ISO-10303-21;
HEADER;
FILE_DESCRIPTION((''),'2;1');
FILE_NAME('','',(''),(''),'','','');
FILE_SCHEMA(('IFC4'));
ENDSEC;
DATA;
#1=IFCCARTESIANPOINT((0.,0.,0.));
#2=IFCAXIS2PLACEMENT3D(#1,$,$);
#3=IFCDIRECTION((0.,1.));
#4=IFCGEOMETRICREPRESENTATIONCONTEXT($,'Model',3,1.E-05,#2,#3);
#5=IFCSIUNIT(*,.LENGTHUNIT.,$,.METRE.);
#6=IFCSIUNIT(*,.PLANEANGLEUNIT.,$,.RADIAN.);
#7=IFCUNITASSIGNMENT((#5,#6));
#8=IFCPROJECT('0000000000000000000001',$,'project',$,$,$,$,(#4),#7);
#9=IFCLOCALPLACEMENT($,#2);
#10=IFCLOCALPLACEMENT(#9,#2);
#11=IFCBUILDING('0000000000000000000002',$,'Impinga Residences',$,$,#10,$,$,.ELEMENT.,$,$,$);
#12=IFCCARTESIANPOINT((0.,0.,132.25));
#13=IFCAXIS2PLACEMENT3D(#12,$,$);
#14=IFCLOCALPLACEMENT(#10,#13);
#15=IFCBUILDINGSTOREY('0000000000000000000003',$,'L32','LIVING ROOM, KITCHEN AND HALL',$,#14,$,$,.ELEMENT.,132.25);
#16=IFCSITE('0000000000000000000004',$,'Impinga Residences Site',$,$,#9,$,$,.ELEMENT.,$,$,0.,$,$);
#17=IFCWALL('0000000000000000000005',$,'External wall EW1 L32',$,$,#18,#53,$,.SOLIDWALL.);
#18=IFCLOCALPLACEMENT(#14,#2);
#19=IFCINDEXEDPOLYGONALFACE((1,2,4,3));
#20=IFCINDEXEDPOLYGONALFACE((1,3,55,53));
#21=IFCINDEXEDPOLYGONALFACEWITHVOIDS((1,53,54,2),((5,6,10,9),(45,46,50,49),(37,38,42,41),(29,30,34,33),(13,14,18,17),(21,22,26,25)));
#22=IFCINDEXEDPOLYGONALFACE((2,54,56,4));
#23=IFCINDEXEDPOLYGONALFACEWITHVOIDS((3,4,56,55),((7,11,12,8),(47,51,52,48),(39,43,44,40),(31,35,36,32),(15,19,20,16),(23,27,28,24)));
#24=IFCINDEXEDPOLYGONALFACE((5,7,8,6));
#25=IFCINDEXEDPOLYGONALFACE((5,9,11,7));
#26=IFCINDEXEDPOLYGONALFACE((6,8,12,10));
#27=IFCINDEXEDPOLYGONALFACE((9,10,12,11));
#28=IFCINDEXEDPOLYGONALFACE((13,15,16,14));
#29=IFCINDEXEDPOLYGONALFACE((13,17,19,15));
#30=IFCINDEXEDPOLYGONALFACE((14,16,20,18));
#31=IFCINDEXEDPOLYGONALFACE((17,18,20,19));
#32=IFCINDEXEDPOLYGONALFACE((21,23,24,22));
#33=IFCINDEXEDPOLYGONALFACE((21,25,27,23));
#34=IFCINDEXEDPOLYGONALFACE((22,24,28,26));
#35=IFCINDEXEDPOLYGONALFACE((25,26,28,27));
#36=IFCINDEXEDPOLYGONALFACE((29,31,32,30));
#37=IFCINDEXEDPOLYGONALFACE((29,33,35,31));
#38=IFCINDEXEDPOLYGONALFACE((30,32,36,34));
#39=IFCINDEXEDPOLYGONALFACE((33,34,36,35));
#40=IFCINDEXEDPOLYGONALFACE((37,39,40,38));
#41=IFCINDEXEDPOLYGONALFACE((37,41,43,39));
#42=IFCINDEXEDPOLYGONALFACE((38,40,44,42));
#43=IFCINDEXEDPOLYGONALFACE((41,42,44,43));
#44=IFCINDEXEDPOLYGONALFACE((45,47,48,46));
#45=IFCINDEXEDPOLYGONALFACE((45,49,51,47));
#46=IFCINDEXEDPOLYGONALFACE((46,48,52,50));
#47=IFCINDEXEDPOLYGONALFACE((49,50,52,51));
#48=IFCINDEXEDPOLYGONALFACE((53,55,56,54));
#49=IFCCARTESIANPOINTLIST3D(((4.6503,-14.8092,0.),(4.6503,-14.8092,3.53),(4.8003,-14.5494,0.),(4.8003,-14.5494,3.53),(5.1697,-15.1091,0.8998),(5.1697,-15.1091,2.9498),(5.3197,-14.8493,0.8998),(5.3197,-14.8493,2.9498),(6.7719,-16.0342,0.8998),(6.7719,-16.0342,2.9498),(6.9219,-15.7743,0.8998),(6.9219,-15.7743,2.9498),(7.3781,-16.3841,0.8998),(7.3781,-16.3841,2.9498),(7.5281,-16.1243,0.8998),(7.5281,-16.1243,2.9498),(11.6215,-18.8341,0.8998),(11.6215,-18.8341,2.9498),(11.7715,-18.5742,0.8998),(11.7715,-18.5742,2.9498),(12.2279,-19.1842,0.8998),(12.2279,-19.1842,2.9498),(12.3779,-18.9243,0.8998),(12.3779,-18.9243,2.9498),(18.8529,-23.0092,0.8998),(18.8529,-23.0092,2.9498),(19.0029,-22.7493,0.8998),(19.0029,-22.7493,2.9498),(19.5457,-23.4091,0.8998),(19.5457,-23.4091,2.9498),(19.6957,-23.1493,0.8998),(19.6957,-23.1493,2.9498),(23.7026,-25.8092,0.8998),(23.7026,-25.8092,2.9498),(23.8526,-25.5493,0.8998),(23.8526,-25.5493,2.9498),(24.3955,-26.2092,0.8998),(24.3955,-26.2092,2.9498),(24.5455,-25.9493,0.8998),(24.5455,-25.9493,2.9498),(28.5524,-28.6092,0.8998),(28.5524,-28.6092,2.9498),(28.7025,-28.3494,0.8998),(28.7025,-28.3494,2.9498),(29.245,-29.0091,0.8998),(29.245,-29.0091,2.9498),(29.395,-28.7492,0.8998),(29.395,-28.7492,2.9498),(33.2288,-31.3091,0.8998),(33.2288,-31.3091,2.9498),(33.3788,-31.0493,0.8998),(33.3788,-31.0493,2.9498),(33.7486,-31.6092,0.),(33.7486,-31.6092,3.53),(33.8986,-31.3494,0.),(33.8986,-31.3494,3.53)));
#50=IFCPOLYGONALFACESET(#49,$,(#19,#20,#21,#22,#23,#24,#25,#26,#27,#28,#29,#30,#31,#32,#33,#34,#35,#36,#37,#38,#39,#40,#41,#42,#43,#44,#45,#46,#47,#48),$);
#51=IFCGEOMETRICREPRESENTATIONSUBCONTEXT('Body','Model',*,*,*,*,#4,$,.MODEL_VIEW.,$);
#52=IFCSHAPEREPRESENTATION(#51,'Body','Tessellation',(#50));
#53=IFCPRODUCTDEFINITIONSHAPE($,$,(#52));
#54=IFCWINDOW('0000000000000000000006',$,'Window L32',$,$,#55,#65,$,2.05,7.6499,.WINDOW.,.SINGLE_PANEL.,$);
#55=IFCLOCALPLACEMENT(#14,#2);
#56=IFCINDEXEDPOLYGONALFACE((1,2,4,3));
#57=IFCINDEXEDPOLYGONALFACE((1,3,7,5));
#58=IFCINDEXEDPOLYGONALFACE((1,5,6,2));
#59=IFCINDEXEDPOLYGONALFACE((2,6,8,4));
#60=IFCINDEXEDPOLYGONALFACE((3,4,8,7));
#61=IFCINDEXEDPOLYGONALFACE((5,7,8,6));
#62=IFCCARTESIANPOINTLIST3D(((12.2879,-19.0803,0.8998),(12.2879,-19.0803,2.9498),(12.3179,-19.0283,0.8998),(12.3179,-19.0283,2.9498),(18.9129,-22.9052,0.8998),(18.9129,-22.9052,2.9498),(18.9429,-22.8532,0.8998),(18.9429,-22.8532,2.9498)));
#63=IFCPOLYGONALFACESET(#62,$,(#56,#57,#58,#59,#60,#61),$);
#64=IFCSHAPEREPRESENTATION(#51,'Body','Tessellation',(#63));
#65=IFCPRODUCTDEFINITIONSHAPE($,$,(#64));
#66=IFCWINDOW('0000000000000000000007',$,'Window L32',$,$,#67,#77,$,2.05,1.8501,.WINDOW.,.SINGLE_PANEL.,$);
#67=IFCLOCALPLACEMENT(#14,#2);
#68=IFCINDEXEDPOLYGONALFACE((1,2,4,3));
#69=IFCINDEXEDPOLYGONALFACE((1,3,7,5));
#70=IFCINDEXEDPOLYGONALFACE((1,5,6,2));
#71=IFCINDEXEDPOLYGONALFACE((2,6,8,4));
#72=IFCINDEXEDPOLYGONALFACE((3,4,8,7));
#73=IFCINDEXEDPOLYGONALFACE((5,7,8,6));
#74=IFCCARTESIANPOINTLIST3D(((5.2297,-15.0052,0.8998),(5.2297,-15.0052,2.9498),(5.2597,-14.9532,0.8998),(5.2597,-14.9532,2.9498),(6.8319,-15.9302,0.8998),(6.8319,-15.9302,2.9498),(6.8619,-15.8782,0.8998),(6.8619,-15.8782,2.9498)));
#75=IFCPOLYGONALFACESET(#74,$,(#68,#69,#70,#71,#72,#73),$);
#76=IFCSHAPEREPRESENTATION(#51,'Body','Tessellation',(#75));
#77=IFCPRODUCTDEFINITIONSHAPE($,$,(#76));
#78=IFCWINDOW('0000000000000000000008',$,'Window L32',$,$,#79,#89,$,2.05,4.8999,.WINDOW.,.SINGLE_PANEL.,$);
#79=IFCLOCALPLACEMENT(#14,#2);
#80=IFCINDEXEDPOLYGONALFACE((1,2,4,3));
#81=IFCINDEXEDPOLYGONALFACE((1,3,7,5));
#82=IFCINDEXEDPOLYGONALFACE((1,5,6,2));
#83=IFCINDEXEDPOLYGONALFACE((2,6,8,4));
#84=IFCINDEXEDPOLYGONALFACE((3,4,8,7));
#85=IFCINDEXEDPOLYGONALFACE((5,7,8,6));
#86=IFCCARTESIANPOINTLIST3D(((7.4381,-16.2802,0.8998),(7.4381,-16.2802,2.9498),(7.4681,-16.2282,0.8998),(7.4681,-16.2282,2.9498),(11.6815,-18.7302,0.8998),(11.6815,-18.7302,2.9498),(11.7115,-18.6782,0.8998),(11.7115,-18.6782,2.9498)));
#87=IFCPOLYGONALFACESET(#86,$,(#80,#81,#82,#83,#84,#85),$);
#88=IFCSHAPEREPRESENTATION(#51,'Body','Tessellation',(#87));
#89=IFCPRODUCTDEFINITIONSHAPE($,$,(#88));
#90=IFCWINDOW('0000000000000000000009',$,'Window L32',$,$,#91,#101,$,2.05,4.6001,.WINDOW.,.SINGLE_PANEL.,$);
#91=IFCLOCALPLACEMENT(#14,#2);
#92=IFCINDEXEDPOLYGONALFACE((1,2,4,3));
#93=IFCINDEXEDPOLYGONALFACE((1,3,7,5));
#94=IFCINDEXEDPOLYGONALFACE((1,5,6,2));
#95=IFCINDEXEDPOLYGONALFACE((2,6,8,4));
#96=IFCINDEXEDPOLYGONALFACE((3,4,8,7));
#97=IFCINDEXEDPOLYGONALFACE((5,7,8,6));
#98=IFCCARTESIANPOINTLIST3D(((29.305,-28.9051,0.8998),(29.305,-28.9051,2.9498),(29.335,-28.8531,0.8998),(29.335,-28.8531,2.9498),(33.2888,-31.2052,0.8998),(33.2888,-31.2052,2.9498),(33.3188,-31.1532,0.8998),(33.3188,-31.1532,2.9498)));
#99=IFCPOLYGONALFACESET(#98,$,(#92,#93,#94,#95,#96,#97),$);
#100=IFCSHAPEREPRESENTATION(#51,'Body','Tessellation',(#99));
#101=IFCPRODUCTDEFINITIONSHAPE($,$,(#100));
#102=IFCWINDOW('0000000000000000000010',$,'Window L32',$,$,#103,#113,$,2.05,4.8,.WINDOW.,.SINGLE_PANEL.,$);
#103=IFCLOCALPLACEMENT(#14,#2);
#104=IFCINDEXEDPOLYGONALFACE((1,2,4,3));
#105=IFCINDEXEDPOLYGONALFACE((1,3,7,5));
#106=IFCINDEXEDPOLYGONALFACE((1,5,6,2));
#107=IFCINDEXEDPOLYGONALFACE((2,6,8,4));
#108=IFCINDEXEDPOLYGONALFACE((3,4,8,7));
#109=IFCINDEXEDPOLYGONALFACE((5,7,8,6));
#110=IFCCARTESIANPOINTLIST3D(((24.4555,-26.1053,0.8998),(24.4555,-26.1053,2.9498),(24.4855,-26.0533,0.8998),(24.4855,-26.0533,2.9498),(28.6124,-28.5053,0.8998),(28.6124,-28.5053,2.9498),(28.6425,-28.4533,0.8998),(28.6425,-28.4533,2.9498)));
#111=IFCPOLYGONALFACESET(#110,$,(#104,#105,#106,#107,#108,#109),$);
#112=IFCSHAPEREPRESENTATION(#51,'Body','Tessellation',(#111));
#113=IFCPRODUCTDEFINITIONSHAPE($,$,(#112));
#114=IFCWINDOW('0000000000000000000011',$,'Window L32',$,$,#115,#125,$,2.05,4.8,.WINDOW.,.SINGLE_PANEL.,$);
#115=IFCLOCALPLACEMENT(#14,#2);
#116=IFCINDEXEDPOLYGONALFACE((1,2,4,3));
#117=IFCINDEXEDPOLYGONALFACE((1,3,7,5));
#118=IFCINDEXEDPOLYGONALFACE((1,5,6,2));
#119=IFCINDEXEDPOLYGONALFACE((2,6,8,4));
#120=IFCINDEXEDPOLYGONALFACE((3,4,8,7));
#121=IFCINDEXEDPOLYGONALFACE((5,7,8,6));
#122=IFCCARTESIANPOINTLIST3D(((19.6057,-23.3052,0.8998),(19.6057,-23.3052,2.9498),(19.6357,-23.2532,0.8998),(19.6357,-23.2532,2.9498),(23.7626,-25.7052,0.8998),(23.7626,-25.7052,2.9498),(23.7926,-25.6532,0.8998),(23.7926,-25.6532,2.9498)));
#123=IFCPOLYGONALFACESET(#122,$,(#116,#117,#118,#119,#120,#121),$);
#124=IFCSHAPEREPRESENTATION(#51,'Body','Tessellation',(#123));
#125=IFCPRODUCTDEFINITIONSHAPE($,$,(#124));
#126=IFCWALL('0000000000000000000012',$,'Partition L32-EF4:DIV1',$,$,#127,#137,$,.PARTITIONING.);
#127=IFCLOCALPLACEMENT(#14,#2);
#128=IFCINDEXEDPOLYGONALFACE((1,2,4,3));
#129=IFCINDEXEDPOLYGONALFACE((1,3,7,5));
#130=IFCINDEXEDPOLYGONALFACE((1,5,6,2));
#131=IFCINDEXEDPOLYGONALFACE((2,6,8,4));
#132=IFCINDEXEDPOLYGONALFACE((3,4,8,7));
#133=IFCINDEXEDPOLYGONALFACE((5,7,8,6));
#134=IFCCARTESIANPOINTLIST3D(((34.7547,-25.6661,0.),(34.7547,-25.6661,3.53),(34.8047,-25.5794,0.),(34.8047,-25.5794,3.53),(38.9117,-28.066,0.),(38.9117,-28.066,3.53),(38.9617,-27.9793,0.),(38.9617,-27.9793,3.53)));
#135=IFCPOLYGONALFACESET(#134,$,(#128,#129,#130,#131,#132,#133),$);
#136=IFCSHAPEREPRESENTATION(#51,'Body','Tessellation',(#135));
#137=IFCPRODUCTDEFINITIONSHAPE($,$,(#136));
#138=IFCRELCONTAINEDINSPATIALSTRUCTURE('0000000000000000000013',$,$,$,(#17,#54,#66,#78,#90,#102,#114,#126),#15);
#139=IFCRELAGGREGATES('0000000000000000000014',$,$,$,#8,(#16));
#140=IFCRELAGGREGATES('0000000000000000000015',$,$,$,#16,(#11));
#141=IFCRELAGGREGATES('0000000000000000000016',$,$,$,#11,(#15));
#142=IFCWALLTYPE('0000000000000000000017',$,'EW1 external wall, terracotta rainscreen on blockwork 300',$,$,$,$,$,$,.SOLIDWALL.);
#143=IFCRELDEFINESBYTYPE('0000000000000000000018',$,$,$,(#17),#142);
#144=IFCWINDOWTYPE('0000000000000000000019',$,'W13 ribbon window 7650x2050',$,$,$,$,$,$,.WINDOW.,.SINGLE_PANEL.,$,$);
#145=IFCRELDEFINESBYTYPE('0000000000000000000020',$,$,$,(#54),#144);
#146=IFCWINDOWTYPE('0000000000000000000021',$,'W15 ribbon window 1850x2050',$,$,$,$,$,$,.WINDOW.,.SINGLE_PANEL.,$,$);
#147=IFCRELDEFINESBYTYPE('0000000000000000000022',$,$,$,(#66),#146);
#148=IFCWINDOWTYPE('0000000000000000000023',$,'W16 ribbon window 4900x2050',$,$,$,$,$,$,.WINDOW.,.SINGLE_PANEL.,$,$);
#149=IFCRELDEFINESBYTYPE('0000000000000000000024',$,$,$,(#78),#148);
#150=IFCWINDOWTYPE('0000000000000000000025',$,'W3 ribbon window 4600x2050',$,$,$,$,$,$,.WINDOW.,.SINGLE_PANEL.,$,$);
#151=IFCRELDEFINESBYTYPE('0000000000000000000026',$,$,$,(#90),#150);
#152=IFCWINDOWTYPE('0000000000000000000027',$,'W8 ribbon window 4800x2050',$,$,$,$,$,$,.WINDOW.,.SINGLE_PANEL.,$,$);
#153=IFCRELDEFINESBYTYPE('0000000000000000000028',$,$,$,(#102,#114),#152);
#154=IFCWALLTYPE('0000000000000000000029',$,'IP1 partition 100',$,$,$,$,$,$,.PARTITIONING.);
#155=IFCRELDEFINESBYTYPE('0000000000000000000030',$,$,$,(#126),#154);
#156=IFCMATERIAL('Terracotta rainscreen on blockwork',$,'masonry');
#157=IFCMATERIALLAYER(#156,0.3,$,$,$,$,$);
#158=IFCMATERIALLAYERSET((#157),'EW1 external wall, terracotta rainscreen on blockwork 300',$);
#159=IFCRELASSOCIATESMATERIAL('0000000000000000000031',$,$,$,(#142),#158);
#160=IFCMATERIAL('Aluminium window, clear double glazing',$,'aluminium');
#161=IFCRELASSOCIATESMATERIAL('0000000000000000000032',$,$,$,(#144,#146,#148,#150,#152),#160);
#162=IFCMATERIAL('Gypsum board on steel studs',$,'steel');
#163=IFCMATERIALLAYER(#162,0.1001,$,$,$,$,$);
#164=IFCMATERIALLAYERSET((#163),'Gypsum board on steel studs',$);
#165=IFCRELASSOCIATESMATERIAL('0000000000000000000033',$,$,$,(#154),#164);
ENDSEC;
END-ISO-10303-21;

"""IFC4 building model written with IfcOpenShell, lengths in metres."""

from ifc_helpers import new_model, si_unit, direction, frame, frame_2d, origin, place, context, subcontext, project, spatial, rectangle, extrude, material, layer, layer_set, type_object, element, fill, save


model = new_model("IFC4")

# Units and contexts
model_context = context("Model", 3, precision=1e-05, world=origin(), true_north=direction((0.0, 1.0)))
body_context = subcontext(model_context, "Body", "Model", "MODEL_VIEW")
ifc_project = project(units=[si_unit("LENGTHUNIT", "METRE"), si_unit("PLANEANGLEUNIT", "RADIAN")], contexts=[model_context])

# Site, building, storey
site_placement = place(None, origin())
site = spatial("IfcSite", under=ifc_project, at=site_placement, Name="Impinga Residences Site", CompositionType="ELEMENT", RefElevation=0.0)
building_placement = place(site_placement, origin())
building = spatial("IfcBuilding", under=site, at=building_placement, Name="Impinga Residences", CompositionType="ELEMENT")
storey_placement = place(building_placement, frame((0.0, 0.0, 132.25)))
storey = spatial("IfcBuildingStorey", under=building, at=storey_placement, Name="L32", Description="LIVING ROOM, KITCHEN AND HALL", CompositionType="ELEMENT", Elevation=132.25)

# Shared definitions
ifc_material_1 = material(Name="Terracotta rainscreen on blockwork", Category="masonry")
ifc_layer_1 = layer(ifc_material_1, 0.3)
ifc_layer_set_1 = layer_set([ifc_layer_1], Name="EW1 external wall, terracotta rainscreen on blockwork 300")
wall_type_1 = type_object("IfcWallType", Name="EW1 external wall, terracotta rainscreen on blockwork 300", PredefinedType="SOLIDWALL", material=ifc_layer_set_1)

# Wall, openings, windows
wall_1_placement = place(storey_placement, frame((33.8235, -31.4792, 0.0), z_axis=(0.0, 0.0, 1.0), x_axis=(-0.866024, 0.500002, 0.0)))
wall_1 = element("IfcWall", 1, at=wall_1_placement, inside=storey, type_object=wall_type_1, Name="External wall EW1 L32", PredefinedType="SOLIDWALL", context=body_context, shape_type="SweptSolid", body=[
    extrude(rectangle(XDim=33.5999, YDim=0.3, at=frame_2d((16.7998, 0.0))), origin(), (0.0, 0.0, 1.0), 3.53),
])
opening_1_placement = place(wall_1_placement, frame((0.6001, 0.0, 0.8999)))
opening_1 = element("IfcOpeningElement", 2, at=opening_1_placement, cuts=wall_1, PredefinedType="OPENING", context=body_context, shape_type="SweptSolid", body=[
    extrude(rectangle(XDim=4.6001, YDim=2.05, at=frame_2d((2.3, 1.0249))), frame((0.0, 0.1599, 0.0), z_axis=(0.0, -1.0, 0.0), x_axis=(1.0, 0.0, 0.0)), (0.0, 0.0, 1.0), 0.3201),
])
opening_2_placement = place(wall_1_placement, frame((6.0, 0.0, 0.8999)))
opening_2 = element("IfcOpeningElement", 3, at=opening_2_placement, cuts=wall_1, PredefinedType="OPENING", context=body_context, shape_type="SweptSolid", body=[
    extrude(rectangle(XDim=4.8, YDim=2.05, at=frame_2d((2.3999, 1.0249))), frame((0.0, 0.1599, 0.0), z_axis=(0.0, -1.0, 0.0), x_axis=(1.0, 0.0, 0.0)), (0.0, 0.0, 1.0), 0.3201),
])
opening_3_placement = place(wall_1_placement, frame((11.6001, 0.0, 0.8999)))
opening_3 = element("IfcOpeningElement", 4, at=opening_3_placement, cuts=wall_1, PredefinedType="OPENING", context=body_context, shape_type="SweptSolid", body=[
    extrude(rectangle(XDim=4.8, YDim=2.05, at=frame_2d((2.3999, 1.0249))), frame((0.0, 0.1599, 0.0), z_axis=(0.0, -1.0, 0.0), x_axis=(1.0, 0.0, 0.0)), (0.0, 0.0, 1.0), 0.3201),
])
opening_4_placement = place(wall_1_placement, frame((17.2, 0.0, 0.8999)))
opening_4 = element("IfcOpeningElement", 5, at=opening_4_placement, cuts=wall_1, PredefinedType="OPENING", context=body_context, shape_type="SweptSolid", body=[
    extrude(rectangle(XDim=7.6499, YDim=2.05, at=frame_2d((3.825, 1.0249))), frame((0.0, 0.1599, 0.0), z_axis=(0.0, -1.0, 0.0), x_axis=(1.0, 0.0, 0.0)), (0.0, 0.0, 1.0), 0.3201),
])
opening_5_placement = place(wall_1_placement, frame((25.55, 0.0, 0.8999)))
opening_5 = element("IfcOpeningElement", 6, at=opening_5_placement, cuts=wall_1, PredefinedType="OPENING", context=body_context, shape_type="SweptSolid", body=[
    extrude(rectangle(XDim=4.8999, YDim=2.05, at=frame_2d((2.45, 1.0249))), frame((0.0, 0.1599, 0.0), z_axis=(0.0, -1.0, 0.0), x_axis=(1.0, 0.0, 0.0)), (0.0, 0.0, 1.0), 0.3201),
])
opening_6_placement = place(wall_1_placement, frame((31.1499, 0.0, 0.8999)))
opening_6 = element("IfcOpeningElement", 7, at=opening_6_placement, cuts=wall_1, PredefinedType="OPENING", context=body_context, shape_type="SweptSolid", body=[
    extrude(rectangle(XDim=1.8501, YDim=2.05, at=frame_2d((0.925, 1.0249))), frame((0.0, 0.1599, 0.0), z_axis=(0.0, -1.0, 0.0), x_axis=(1.0, 0.0, 0.0)), (0.0, 0.0, 1.0), 0.3201),
])
ifc_material_2 = material(Name="Aluminium window, clear double glazing", Category="aluminium")
window_type_1 = type_object("IfcWindowType", Name="W13 ribbon window 7650x2050", PartitioningType="SINGLE_PANEL", PredefinedType="WINDOW", material=ifc_material_2)
window_1_placement = place(opening_4_placement, origin())
window_1 = element("IfcWindow", 8, at=window_1_placement, inside=storey, type_object=window_type_1, Name="Window L32", OverallHeight=2.05, OverallWidth=7.6499, PartitioningType="SINGLE_PANEL", PredefinedType="WINDOW", context=body_context, shape_type="SweptSolid", body=[
    extrude(rectangle(XDim=7.6499, YDim=2.05, at=frame_2d((3.825, 1.0249))), frame((0.0, 0.03, 0.0), z_axis=(0.0, -1.0, 0.0), x_axis=(1.0, 0.0, 0.0)), (0.0, 0.0, 1.0), 0.0601),
])
fill(opening_4, window_1)
window_type_2 = type_object("IfcWindowType", Name="W15 ribbon window 1850x2050", PartitioningType="SINGLE_PANEL", PredefinedType="WINDOW", material=ifc_material_2)
window_2_placement = place(opening_6_placement, origin())
window_2 = element("IfcWindow", 9, at=window_2_placement, inside=storey, type_object=window_type_2, Name="Window L32", OverallHeight=2.05, OverallWidth=1.8501, PartitioningType="SINGLE_PANEL", PredefinedType="WINDOW", context=body_context, shape_type="SweptSolid", body=[
    extrude(rectangle(XDim=1.8501, YDim=2.05, at=frame_2d((0.925, 1.0249))), frame((0.0, 0.03, 0.0), z_axis=(0.0, -1.0, 0.0), x_axis=(1.0, 0.0, 0.0)), (0.0, 0.0, 1.0), 0.0601),
])
fill(opening_6, window_2)
window_type_3 = type_object("IfcWindowType", Name="W16 ribbon window 4900x2050", PartitioningType="SINGLE_PANEL", PredefinedType="WINDOW", material=ifc_material_2)
window_3_placement = place(opening_5_placement, origin())
window_3 = element("IfcWindow", 10, at=window_3_placement, inside=storey, type_object=window_type_3, Name="Window L32", OverallHeight=2.05, OverallWidth=4.8999, PartitioningType="SINGLE_PANEL", PredefinedType="WINDOW", context=body_context, shape_type="SweptSolid", body=[
    extrude(rectangle(XDim=4.8999, YDim=2.05, at=frame_2d((2.45, 1.0249))), frame((0.0, 0.03, 0.0), z_axis=(0.0, -1.0, 0.0), x_axis=(1.0, 0.0, 0.0)), (0.0, 0.0, 1.0), 0.0601),
])
fill(opening_5, window_3)
window_type_4 = type_object("IfcWindowType", Name="W3 ribbon window 4600x2050", PartitioningType="SINGLE_PANEL", PredefinedType="WINDOW", material=ifc_material_2)
window_4_placement = place(opening_1_placement, origin())
window_4 = element("IfcWindow", 11, at=window_4_placement, inside=storey, type_object=window_type_4, Name="Window L32", OverallHeight=2.05, OverallWidth=4.6001, PartitioningType="SINGLE_PANEL", PredefinedType="WINDOW", context=body_context, shape_type="SweptSolid", body=[
    extrude(rectangle(XDim=4.6001, YDim=2.05, at=frame_2d((2.3, 1.0249))), frame((0.0, 0.03, 0.0), z_axis=(0.0, -1.0, 0.0), x_axis=(1.0, 0.0, 0.0)), (0.0, 0.0, 1.0), 0.0601),
])
fill(opening_1, window_4)
window_type_5 = type_object("IfcWindowType", Name="W8 ribbon window 4800x2050", PartitioningType="SINGLE_PANEL", PredefinedType="WINDOW", material=ifc_material_2)
window_5_placement = place(opening_2_placement, origin())
window_5 = element("IfcWindow", 12, at=window_5_placement, inside=storey, type_object=window_type_5, Name="Window L32", OverallHeight=2.05, OverallWidth=4.8, PartitioningType="SINGLE_PANEL", PredefinedType="WINDOW", context=body_context, shape_type="SweptSolid", body=[
    extrude(rectangle(XDim=4.8, YDim=2.05, at=frame_2d((2.3999, 1.0249))), frame((0.0, 0.03, 0.0), z_axis=(0.0, -1.0, 0.0), x_axis=(1.0, 0.0, 0.0)), (0.0, 0.0, 1.0), 0.0601),
])
fill(opening_2, window_5)
window_6_placement = place(opening_3_placement, origin())
window_6 = element("IfcWindow", 13, at=window_6_placement, inside=storey, type_object=window_type_5, Name="Window L32", OverallHeight=2.05, OverallWidth=4.8, PartitioningType="SINGLE_PANEL", PredefinedType="WINDOW", context=body_context, shape_type="SweptSolid", body=[
    extrude(rectangle(XDim=4.8, YDim=2.05, at=frame_2d((2.3999, 1.0249))), frame((0.0, 0.03, 0.0), z_axis=(0.0, -1.0, 0.0), x_axis=(1.0, 0.0, 0.0)), (0.0, 0.0, 1.0), 0.0601),
])
fill(opening_3, window_6)

# Wall
ifc_material_3 = material(Name="Gypsum board on steel studs", Category="steel")
ifc_layer_2 = layer(ifc_material_3, 0.1001)
ifc_layer_set_2 = layer_set([ifc_layer_2], Name="Gypsum board on steel studs")
wall_type_2 = type_object("IfcWallType", Name="IP1 partition 100", PredefinedType="PARTITIONING", material=ifc_layer_set_2)
wall_2_placement = place(storey_placement, frame((34.7798, -25.6228, 0.0), z_axis=(0.0, 0.0, 1.0), x_axis=(0.866037, -0.499979, 0.0)))
element("IfcWall", 14, at=wall_2_placement, inside=storey, type_object=wall_type_2, Name="Partition L32-EF4:DIV1", PredefinedType="PARTITIONING", context=body_context, shape_type="SweptSolid", body=[
    extrude(rectangle(XDim=4.8, YDim=0.1001, at=frame_2d((2.3999, 0.0))), origin(), (0.0, 0.0, 1.0), 3.53),
])

save(model, "model.ifc")
